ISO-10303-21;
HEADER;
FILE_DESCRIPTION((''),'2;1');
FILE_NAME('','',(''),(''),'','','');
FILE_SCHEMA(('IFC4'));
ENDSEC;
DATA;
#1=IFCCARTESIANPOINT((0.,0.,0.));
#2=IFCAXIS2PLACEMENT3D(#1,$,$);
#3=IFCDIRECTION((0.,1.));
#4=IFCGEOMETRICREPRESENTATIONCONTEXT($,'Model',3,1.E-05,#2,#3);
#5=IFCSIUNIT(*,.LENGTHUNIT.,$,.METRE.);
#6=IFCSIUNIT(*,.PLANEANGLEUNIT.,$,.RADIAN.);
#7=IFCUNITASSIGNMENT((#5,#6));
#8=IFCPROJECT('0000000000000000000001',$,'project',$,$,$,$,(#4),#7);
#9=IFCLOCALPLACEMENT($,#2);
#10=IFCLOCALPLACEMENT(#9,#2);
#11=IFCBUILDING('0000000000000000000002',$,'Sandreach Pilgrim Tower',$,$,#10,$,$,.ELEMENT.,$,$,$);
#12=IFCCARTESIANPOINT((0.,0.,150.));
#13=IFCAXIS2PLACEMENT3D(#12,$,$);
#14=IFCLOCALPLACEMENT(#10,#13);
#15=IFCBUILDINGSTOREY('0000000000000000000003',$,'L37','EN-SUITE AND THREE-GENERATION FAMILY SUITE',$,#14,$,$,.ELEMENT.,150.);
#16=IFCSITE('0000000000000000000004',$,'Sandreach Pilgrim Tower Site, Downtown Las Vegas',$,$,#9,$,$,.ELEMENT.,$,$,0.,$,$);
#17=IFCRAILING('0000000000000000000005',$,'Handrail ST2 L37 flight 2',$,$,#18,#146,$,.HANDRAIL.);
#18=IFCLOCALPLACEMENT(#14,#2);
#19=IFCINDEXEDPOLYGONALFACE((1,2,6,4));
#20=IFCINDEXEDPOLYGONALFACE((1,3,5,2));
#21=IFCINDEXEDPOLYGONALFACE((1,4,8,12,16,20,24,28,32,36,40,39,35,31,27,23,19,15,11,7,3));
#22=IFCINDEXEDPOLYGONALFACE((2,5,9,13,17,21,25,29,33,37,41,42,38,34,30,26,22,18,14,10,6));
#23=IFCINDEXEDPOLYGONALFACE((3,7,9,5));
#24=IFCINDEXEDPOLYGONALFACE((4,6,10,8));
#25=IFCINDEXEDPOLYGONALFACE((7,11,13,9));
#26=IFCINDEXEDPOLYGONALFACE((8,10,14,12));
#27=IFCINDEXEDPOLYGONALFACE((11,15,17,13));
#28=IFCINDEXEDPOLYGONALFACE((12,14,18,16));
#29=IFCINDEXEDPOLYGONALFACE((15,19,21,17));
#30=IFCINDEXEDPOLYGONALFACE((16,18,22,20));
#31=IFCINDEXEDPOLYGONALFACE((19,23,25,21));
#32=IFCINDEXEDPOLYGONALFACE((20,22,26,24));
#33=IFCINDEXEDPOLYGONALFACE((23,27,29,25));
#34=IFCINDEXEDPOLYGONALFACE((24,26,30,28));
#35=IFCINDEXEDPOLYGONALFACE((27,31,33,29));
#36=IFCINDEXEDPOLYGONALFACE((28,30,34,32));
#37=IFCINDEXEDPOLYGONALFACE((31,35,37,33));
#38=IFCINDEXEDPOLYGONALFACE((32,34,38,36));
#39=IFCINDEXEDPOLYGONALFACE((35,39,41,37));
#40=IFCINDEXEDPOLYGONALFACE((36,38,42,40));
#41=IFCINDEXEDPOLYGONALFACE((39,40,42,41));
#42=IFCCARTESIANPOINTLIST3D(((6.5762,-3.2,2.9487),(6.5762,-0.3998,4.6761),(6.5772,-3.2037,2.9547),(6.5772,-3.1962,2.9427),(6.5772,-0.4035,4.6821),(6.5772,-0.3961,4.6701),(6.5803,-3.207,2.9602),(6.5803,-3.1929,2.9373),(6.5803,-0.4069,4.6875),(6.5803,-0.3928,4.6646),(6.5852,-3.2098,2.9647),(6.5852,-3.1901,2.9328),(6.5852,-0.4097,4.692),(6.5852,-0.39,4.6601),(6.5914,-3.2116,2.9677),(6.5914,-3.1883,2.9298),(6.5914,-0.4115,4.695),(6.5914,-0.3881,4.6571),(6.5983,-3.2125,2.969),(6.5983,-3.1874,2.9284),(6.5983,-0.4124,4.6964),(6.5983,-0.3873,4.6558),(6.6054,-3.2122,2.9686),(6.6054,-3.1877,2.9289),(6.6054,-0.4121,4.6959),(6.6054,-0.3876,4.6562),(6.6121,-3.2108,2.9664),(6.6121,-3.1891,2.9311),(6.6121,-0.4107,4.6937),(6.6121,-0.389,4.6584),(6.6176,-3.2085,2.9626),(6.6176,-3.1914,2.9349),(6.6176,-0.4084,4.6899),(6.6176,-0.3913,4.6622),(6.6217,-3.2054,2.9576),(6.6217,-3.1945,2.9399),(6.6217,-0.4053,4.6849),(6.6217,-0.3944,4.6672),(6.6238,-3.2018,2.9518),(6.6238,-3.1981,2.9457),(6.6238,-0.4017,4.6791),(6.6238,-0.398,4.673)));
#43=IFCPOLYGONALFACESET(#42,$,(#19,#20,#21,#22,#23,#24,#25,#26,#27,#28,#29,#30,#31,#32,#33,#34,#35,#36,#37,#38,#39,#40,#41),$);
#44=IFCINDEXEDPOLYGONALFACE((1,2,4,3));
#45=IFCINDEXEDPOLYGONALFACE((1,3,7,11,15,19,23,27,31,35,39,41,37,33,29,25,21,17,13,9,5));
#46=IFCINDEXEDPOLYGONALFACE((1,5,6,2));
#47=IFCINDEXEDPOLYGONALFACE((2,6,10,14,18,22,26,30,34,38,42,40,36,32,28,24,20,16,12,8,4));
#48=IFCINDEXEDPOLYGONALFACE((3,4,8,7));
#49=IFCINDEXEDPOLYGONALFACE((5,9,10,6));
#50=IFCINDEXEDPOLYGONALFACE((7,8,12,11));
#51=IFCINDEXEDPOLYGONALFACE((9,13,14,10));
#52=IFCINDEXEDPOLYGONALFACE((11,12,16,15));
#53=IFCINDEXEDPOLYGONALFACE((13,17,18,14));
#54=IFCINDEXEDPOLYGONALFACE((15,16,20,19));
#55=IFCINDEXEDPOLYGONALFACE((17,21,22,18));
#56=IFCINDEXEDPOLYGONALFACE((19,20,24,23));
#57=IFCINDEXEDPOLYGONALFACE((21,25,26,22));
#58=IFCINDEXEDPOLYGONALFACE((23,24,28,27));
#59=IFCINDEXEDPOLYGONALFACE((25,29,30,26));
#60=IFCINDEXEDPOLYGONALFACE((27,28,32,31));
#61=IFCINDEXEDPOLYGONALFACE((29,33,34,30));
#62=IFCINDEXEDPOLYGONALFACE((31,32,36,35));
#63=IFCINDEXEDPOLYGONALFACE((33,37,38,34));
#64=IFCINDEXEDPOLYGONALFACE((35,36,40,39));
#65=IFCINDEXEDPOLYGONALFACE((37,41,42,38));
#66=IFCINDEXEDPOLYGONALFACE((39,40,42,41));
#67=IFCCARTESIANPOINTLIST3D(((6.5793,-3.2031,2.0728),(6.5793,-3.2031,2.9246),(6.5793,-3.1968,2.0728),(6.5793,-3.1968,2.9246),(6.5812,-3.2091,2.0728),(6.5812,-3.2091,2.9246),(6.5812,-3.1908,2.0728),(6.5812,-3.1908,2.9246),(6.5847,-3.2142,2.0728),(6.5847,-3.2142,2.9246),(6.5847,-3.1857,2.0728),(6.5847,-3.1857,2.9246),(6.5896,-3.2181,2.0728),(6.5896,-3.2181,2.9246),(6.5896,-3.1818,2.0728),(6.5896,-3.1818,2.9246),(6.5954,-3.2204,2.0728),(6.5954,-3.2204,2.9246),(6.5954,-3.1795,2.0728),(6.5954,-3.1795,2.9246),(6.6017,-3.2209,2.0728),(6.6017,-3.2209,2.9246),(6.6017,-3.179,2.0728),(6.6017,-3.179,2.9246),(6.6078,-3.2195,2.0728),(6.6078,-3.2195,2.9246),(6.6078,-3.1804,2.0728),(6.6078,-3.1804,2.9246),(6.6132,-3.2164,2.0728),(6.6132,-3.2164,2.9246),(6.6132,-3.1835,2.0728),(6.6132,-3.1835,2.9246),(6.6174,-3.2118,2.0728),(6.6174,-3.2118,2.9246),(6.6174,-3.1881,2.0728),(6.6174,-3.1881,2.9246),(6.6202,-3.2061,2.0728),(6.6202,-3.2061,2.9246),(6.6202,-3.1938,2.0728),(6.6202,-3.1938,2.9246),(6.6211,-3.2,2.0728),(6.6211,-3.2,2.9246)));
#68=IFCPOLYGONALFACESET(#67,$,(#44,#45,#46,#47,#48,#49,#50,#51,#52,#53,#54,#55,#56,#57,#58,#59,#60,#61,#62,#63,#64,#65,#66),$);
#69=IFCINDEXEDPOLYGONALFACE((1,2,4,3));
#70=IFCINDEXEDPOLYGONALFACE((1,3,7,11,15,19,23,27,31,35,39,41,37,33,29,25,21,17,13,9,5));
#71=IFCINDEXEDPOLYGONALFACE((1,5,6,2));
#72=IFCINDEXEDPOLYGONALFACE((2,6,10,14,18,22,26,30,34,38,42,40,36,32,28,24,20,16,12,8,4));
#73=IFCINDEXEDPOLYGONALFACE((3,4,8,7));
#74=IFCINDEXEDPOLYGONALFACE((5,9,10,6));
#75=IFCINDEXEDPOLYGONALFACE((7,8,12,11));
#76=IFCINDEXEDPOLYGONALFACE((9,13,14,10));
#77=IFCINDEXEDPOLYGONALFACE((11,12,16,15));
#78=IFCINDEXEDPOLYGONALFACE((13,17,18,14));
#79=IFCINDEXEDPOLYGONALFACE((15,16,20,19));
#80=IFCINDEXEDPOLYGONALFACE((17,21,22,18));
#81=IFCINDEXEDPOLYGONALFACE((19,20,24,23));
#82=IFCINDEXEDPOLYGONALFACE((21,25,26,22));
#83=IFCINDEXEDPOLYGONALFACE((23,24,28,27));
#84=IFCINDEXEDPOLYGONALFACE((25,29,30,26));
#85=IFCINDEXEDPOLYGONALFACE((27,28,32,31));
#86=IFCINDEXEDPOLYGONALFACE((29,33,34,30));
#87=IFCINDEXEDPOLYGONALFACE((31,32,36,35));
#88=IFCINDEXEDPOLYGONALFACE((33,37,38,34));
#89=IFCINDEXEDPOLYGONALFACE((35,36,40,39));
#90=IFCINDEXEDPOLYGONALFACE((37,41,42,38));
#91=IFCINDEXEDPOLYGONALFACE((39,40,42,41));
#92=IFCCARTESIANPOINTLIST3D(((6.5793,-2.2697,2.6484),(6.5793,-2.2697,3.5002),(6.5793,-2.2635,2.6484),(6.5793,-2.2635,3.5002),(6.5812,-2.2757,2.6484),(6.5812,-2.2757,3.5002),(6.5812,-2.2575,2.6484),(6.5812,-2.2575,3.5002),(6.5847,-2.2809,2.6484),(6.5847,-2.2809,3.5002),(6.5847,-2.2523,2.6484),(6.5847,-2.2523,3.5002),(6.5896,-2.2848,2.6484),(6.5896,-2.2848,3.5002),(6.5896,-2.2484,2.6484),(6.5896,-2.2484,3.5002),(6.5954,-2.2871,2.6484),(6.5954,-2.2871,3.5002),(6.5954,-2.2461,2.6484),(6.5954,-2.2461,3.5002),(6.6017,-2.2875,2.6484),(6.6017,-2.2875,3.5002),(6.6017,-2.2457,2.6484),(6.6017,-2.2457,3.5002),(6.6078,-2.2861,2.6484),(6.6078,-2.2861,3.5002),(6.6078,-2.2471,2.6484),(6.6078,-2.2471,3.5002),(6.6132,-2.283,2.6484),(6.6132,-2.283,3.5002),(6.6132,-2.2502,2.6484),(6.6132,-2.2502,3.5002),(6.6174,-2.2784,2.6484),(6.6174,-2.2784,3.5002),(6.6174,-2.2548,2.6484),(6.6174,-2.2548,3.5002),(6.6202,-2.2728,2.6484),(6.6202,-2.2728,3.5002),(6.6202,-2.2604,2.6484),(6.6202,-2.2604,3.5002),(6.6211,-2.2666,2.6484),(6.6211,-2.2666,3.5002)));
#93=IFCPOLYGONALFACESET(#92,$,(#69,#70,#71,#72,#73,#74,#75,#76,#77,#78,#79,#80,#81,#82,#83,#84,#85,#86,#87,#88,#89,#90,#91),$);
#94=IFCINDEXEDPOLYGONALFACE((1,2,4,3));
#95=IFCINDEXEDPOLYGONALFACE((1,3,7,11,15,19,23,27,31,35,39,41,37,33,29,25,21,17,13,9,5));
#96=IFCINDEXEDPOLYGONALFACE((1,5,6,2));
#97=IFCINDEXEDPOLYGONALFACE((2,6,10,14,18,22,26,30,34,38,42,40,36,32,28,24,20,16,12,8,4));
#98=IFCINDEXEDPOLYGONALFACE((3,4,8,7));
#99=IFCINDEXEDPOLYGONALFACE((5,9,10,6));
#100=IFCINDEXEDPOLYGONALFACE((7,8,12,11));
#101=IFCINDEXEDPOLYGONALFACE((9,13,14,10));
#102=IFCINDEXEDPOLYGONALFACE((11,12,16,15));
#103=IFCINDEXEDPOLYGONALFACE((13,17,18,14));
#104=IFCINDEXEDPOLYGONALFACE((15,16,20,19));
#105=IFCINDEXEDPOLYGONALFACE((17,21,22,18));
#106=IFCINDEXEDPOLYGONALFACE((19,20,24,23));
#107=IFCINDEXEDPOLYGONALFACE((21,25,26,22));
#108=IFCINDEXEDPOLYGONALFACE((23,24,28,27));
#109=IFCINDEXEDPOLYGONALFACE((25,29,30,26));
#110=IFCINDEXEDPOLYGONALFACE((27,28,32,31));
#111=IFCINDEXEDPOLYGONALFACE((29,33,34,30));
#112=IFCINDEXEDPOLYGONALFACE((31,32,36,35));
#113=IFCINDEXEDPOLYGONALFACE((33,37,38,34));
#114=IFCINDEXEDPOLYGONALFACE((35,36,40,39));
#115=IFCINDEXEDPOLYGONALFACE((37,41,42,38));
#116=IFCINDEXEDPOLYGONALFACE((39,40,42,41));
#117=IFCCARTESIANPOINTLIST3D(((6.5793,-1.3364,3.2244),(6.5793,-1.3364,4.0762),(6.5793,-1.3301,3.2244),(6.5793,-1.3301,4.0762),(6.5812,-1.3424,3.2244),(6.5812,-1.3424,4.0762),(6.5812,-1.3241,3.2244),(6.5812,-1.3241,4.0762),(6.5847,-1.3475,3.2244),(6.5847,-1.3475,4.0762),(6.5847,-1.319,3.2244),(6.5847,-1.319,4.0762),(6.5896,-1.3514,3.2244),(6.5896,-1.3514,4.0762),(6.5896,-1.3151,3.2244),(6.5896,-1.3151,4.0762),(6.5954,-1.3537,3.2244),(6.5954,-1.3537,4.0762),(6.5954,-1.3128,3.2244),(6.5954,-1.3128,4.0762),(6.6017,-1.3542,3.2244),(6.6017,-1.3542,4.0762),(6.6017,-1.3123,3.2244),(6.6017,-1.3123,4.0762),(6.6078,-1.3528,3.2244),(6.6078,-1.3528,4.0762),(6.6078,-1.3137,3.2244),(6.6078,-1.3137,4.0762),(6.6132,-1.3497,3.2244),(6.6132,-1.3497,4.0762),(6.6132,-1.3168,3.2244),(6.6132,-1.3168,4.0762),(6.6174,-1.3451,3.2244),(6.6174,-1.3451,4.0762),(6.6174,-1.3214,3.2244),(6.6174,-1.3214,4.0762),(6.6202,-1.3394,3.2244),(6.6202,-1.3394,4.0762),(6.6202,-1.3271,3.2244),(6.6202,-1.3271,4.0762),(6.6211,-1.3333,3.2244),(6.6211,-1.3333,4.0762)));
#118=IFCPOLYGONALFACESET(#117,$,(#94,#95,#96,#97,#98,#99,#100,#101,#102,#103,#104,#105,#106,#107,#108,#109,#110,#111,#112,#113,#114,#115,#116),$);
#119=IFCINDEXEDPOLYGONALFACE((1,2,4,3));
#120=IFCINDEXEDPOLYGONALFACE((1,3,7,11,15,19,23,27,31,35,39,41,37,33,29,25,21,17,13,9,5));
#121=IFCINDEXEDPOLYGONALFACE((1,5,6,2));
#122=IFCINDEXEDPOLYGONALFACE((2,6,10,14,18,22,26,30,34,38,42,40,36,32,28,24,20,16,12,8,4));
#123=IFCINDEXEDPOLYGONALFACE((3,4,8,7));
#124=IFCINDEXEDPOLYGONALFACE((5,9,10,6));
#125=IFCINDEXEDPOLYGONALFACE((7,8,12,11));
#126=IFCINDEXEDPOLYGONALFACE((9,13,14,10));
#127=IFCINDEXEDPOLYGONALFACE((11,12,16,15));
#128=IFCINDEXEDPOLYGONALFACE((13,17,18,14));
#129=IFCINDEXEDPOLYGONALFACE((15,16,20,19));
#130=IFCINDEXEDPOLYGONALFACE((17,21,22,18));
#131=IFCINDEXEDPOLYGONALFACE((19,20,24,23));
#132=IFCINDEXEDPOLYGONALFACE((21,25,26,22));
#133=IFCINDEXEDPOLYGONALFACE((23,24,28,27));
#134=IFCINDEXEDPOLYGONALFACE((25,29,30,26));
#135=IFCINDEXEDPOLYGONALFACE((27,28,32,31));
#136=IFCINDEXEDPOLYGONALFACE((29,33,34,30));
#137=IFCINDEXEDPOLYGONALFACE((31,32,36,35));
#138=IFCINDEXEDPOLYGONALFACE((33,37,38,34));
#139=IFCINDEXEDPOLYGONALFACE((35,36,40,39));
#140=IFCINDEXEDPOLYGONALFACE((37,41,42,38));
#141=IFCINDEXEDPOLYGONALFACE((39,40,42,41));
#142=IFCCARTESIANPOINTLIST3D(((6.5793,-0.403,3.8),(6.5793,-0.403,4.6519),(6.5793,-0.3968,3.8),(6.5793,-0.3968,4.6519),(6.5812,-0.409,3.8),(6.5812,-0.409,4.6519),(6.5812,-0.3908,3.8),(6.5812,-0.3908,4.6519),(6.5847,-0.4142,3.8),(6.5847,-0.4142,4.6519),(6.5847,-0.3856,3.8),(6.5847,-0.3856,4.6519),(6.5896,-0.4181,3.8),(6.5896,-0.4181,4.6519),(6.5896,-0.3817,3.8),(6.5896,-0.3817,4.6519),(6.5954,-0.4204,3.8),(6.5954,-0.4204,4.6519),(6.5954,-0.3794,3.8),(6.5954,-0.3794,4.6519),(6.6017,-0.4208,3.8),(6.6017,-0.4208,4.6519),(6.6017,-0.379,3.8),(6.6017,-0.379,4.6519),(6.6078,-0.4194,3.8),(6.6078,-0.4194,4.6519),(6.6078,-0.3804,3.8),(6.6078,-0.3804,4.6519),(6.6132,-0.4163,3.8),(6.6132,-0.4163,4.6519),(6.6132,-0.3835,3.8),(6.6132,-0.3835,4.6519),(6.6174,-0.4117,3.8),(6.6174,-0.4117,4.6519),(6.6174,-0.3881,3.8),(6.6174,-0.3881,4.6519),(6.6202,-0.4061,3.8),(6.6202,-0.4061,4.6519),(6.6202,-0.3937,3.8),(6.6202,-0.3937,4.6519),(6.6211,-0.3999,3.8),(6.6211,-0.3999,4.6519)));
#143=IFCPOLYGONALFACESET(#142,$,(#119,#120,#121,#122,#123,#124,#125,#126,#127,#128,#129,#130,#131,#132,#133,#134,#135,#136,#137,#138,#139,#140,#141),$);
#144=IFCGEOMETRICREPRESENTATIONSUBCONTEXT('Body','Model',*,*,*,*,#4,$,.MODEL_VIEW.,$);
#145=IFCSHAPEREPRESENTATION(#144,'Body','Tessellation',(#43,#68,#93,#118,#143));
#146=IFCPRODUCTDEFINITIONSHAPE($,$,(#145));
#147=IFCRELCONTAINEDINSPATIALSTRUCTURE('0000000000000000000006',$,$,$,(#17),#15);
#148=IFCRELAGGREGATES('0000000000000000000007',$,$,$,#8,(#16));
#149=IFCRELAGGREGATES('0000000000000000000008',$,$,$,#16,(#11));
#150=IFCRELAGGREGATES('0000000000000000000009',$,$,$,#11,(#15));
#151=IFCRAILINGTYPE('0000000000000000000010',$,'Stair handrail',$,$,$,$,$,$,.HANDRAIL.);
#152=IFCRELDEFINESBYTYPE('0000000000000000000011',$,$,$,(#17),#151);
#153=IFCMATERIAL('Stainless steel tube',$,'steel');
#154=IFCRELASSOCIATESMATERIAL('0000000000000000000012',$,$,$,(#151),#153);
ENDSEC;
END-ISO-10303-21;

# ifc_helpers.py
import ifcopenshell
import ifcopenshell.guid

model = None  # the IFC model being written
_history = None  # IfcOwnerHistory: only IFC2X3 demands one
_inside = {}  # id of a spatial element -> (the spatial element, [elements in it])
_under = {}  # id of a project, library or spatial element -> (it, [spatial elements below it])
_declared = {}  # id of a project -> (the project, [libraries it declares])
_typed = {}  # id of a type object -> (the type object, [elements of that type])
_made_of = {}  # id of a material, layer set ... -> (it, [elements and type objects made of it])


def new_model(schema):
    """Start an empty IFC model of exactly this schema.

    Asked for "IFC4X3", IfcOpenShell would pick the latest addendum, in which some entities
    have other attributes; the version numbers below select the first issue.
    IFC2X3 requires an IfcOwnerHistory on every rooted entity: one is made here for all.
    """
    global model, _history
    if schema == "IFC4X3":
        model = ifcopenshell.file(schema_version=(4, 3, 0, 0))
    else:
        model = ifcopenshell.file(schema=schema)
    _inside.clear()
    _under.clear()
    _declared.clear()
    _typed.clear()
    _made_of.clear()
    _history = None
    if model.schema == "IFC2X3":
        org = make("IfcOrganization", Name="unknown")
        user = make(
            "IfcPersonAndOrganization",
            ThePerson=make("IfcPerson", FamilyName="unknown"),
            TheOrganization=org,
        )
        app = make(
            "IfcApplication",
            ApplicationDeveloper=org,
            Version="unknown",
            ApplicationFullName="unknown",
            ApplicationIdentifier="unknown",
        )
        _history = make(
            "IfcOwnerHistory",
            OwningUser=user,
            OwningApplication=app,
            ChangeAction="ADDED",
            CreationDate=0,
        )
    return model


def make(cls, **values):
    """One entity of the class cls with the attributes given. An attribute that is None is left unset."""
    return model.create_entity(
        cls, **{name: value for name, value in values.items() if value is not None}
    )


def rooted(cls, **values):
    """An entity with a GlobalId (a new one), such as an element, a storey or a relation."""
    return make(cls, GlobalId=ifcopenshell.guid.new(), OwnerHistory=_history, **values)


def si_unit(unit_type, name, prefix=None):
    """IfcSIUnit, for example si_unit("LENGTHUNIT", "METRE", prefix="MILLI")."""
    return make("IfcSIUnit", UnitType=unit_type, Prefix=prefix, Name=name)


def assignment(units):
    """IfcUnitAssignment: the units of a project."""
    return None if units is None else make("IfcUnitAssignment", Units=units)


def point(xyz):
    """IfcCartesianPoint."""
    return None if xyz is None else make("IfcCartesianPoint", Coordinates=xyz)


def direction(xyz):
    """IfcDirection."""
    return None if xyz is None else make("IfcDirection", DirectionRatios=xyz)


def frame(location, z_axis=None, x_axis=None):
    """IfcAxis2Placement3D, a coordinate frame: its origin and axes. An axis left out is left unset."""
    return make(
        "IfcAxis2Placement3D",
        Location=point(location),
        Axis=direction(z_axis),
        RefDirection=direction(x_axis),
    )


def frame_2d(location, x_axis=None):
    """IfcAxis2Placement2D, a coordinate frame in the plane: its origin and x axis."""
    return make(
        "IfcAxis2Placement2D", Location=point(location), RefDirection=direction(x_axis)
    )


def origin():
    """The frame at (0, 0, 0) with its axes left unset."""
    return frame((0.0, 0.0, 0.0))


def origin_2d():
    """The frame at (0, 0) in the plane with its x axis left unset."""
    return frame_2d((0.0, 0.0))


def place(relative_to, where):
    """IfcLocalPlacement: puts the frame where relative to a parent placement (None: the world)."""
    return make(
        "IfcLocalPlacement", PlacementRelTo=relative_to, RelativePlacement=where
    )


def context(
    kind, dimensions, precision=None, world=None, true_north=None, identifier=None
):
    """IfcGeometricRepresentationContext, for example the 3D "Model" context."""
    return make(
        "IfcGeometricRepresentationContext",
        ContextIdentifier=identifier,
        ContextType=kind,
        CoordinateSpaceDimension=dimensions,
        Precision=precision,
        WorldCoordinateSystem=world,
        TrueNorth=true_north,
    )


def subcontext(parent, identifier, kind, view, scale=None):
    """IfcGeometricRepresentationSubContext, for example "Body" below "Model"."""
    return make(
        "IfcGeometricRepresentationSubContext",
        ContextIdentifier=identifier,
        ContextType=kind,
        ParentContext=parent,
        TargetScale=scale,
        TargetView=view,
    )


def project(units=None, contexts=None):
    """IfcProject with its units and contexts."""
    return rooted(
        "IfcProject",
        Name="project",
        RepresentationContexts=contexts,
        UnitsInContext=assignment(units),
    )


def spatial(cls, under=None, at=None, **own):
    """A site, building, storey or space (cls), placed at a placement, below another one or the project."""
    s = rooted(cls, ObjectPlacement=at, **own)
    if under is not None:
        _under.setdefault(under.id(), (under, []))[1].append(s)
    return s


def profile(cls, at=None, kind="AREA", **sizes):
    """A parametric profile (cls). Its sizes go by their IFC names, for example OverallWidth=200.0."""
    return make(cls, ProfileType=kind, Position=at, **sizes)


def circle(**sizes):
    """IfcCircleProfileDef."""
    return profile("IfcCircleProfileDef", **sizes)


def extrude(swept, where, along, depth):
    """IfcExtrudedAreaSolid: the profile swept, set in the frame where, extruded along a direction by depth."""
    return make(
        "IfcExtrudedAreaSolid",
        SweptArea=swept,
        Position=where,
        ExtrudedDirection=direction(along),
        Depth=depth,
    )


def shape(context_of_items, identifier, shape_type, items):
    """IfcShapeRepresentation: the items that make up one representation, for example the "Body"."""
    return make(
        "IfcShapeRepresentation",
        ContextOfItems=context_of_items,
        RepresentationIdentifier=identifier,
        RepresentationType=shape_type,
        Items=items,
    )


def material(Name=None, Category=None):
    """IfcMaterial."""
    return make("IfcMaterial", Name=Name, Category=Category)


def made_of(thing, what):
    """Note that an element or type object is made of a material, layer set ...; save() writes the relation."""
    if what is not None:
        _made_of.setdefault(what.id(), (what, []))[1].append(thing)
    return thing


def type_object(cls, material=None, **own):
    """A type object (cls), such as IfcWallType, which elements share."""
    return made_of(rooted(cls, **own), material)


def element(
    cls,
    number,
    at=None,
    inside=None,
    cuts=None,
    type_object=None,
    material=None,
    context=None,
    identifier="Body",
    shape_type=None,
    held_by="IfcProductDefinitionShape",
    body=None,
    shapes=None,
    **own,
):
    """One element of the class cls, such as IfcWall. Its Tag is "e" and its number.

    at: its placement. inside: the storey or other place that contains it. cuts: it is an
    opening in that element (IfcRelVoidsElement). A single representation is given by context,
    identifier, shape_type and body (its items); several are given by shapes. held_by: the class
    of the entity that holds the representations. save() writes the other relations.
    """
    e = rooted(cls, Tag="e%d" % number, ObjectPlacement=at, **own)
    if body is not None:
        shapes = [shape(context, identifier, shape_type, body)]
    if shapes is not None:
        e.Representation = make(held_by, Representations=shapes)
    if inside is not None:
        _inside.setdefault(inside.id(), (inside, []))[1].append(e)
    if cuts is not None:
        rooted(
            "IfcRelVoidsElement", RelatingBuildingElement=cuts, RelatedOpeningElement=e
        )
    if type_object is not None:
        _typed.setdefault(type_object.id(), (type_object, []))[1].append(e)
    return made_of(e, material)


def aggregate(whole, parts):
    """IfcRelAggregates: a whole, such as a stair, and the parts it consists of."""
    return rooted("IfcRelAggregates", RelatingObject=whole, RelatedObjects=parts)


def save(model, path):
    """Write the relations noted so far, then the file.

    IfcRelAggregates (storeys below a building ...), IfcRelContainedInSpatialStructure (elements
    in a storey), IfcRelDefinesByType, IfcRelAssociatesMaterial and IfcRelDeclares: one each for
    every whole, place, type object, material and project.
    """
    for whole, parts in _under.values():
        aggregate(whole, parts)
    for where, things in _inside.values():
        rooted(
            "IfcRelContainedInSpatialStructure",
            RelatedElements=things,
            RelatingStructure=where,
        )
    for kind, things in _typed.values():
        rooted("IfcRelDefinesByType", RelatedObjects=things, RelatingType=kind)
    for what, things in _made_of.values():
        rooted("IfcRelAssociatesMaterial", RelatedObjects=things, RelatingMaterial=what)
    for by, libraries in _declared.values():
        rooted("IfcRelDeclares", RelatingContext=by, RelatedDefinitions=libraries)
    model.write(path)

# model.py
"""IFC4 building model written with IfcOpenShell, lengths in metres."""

from ifc_helpers import new_model, si_unit, direction, frame, origin, origin_2d, place, context, subcontext, project, spatial, circle, extrude, material, type_object, element, save


model = new_model("IFC4")

# Units and contexts
model_context = context("Model", 3, precision=1e-05, world=origin(), true_north=direction((0.0, 1.0)))
body_context = subcontext(model_context, "Body", "Model", "MODEL_VIEW")
ifc_project = project(units=[si_unit("LENGTHUNIT", "METRE"), si_unit("PLANEANGLEUNIT", "RADIAN")], contexts=[model_context])

# Site, building, storey
site_placement = place(None, origin())
site = spatial("IfcSite", under=ifc_project, at=site_placement, Name="Sandreach Pilgrim Tower Site, Downtown Las Vegas", CompositionType="ELEMENT", RefElevation=0.0)
building_placement = place(site_placement, origin())
building = spatial("IfcBuilding", under=site, at=building_placement, Name="Sandreach Pilgrim Tower", CompositionType="ELEMENT")
storey_placement = place(building_placement, frame((0.0, 0.0, 150.0)))
storey = spatial("IfcBuildingStorey", under=building, at=storey_placement, Name="L37", Description="EN-SUITE AND THREE-GENERATION FAMILY SUITE", CompositionType="ELEMENT", Elevation=150.0)

# Railing
ifc_material_1 = material(Name="Stainless steel tube", Category="steel")
railing_type = type_object("IfcRailingType", Name="Stair handrail", PredefinedType="HANDRAIL", material=ifc_material_1)
for number, where, name in (
    (1, (6.6001, -3.2, 2.0728), "Handrail ST2 L37 flight 2"),
):
    element("IfcRailing", number, at=place(storey_placement, frame(where)), inside=storey, type_object=railing_type, Name=name, PredefinedType="HANDRAIL", context=body_context, shape_type="SweptSolid", body=[
        extrude(circle(Radius=0.0239, at=origin_2d()), frame((0.0, 0.0, 0.876), z_axis=(0.0, 0.85109, 0.52502), x_axis=(-1.0, 0.0, 0.0)), (0.0, 0.0, 1.0), 3.29),
        extrude(circle(Radius=0.021, at=origin_2d()), origin(), (0.0, 0.0, 1.0), 0.8518),
        extrude(circle(Radius=0.021, at=origin_2d()), frame((0.0, 0.9333, 0.5757)), (0.0, 0.0, 1.0), 0.8518),
        extrude(circle(Radius=0.021, at=origin_2d()), frame((0.0, 1.8667, 1.1516)), (0.0, 0.0, 1.0), 0.8518),
        extrude(circle(Radius=0.021, at=origin_2d()), frame((0.0, 2.8, 1.7273)), (0.0, 0.0, 1.0), 0.8518),
    ])

save(model, "model.ifc")
